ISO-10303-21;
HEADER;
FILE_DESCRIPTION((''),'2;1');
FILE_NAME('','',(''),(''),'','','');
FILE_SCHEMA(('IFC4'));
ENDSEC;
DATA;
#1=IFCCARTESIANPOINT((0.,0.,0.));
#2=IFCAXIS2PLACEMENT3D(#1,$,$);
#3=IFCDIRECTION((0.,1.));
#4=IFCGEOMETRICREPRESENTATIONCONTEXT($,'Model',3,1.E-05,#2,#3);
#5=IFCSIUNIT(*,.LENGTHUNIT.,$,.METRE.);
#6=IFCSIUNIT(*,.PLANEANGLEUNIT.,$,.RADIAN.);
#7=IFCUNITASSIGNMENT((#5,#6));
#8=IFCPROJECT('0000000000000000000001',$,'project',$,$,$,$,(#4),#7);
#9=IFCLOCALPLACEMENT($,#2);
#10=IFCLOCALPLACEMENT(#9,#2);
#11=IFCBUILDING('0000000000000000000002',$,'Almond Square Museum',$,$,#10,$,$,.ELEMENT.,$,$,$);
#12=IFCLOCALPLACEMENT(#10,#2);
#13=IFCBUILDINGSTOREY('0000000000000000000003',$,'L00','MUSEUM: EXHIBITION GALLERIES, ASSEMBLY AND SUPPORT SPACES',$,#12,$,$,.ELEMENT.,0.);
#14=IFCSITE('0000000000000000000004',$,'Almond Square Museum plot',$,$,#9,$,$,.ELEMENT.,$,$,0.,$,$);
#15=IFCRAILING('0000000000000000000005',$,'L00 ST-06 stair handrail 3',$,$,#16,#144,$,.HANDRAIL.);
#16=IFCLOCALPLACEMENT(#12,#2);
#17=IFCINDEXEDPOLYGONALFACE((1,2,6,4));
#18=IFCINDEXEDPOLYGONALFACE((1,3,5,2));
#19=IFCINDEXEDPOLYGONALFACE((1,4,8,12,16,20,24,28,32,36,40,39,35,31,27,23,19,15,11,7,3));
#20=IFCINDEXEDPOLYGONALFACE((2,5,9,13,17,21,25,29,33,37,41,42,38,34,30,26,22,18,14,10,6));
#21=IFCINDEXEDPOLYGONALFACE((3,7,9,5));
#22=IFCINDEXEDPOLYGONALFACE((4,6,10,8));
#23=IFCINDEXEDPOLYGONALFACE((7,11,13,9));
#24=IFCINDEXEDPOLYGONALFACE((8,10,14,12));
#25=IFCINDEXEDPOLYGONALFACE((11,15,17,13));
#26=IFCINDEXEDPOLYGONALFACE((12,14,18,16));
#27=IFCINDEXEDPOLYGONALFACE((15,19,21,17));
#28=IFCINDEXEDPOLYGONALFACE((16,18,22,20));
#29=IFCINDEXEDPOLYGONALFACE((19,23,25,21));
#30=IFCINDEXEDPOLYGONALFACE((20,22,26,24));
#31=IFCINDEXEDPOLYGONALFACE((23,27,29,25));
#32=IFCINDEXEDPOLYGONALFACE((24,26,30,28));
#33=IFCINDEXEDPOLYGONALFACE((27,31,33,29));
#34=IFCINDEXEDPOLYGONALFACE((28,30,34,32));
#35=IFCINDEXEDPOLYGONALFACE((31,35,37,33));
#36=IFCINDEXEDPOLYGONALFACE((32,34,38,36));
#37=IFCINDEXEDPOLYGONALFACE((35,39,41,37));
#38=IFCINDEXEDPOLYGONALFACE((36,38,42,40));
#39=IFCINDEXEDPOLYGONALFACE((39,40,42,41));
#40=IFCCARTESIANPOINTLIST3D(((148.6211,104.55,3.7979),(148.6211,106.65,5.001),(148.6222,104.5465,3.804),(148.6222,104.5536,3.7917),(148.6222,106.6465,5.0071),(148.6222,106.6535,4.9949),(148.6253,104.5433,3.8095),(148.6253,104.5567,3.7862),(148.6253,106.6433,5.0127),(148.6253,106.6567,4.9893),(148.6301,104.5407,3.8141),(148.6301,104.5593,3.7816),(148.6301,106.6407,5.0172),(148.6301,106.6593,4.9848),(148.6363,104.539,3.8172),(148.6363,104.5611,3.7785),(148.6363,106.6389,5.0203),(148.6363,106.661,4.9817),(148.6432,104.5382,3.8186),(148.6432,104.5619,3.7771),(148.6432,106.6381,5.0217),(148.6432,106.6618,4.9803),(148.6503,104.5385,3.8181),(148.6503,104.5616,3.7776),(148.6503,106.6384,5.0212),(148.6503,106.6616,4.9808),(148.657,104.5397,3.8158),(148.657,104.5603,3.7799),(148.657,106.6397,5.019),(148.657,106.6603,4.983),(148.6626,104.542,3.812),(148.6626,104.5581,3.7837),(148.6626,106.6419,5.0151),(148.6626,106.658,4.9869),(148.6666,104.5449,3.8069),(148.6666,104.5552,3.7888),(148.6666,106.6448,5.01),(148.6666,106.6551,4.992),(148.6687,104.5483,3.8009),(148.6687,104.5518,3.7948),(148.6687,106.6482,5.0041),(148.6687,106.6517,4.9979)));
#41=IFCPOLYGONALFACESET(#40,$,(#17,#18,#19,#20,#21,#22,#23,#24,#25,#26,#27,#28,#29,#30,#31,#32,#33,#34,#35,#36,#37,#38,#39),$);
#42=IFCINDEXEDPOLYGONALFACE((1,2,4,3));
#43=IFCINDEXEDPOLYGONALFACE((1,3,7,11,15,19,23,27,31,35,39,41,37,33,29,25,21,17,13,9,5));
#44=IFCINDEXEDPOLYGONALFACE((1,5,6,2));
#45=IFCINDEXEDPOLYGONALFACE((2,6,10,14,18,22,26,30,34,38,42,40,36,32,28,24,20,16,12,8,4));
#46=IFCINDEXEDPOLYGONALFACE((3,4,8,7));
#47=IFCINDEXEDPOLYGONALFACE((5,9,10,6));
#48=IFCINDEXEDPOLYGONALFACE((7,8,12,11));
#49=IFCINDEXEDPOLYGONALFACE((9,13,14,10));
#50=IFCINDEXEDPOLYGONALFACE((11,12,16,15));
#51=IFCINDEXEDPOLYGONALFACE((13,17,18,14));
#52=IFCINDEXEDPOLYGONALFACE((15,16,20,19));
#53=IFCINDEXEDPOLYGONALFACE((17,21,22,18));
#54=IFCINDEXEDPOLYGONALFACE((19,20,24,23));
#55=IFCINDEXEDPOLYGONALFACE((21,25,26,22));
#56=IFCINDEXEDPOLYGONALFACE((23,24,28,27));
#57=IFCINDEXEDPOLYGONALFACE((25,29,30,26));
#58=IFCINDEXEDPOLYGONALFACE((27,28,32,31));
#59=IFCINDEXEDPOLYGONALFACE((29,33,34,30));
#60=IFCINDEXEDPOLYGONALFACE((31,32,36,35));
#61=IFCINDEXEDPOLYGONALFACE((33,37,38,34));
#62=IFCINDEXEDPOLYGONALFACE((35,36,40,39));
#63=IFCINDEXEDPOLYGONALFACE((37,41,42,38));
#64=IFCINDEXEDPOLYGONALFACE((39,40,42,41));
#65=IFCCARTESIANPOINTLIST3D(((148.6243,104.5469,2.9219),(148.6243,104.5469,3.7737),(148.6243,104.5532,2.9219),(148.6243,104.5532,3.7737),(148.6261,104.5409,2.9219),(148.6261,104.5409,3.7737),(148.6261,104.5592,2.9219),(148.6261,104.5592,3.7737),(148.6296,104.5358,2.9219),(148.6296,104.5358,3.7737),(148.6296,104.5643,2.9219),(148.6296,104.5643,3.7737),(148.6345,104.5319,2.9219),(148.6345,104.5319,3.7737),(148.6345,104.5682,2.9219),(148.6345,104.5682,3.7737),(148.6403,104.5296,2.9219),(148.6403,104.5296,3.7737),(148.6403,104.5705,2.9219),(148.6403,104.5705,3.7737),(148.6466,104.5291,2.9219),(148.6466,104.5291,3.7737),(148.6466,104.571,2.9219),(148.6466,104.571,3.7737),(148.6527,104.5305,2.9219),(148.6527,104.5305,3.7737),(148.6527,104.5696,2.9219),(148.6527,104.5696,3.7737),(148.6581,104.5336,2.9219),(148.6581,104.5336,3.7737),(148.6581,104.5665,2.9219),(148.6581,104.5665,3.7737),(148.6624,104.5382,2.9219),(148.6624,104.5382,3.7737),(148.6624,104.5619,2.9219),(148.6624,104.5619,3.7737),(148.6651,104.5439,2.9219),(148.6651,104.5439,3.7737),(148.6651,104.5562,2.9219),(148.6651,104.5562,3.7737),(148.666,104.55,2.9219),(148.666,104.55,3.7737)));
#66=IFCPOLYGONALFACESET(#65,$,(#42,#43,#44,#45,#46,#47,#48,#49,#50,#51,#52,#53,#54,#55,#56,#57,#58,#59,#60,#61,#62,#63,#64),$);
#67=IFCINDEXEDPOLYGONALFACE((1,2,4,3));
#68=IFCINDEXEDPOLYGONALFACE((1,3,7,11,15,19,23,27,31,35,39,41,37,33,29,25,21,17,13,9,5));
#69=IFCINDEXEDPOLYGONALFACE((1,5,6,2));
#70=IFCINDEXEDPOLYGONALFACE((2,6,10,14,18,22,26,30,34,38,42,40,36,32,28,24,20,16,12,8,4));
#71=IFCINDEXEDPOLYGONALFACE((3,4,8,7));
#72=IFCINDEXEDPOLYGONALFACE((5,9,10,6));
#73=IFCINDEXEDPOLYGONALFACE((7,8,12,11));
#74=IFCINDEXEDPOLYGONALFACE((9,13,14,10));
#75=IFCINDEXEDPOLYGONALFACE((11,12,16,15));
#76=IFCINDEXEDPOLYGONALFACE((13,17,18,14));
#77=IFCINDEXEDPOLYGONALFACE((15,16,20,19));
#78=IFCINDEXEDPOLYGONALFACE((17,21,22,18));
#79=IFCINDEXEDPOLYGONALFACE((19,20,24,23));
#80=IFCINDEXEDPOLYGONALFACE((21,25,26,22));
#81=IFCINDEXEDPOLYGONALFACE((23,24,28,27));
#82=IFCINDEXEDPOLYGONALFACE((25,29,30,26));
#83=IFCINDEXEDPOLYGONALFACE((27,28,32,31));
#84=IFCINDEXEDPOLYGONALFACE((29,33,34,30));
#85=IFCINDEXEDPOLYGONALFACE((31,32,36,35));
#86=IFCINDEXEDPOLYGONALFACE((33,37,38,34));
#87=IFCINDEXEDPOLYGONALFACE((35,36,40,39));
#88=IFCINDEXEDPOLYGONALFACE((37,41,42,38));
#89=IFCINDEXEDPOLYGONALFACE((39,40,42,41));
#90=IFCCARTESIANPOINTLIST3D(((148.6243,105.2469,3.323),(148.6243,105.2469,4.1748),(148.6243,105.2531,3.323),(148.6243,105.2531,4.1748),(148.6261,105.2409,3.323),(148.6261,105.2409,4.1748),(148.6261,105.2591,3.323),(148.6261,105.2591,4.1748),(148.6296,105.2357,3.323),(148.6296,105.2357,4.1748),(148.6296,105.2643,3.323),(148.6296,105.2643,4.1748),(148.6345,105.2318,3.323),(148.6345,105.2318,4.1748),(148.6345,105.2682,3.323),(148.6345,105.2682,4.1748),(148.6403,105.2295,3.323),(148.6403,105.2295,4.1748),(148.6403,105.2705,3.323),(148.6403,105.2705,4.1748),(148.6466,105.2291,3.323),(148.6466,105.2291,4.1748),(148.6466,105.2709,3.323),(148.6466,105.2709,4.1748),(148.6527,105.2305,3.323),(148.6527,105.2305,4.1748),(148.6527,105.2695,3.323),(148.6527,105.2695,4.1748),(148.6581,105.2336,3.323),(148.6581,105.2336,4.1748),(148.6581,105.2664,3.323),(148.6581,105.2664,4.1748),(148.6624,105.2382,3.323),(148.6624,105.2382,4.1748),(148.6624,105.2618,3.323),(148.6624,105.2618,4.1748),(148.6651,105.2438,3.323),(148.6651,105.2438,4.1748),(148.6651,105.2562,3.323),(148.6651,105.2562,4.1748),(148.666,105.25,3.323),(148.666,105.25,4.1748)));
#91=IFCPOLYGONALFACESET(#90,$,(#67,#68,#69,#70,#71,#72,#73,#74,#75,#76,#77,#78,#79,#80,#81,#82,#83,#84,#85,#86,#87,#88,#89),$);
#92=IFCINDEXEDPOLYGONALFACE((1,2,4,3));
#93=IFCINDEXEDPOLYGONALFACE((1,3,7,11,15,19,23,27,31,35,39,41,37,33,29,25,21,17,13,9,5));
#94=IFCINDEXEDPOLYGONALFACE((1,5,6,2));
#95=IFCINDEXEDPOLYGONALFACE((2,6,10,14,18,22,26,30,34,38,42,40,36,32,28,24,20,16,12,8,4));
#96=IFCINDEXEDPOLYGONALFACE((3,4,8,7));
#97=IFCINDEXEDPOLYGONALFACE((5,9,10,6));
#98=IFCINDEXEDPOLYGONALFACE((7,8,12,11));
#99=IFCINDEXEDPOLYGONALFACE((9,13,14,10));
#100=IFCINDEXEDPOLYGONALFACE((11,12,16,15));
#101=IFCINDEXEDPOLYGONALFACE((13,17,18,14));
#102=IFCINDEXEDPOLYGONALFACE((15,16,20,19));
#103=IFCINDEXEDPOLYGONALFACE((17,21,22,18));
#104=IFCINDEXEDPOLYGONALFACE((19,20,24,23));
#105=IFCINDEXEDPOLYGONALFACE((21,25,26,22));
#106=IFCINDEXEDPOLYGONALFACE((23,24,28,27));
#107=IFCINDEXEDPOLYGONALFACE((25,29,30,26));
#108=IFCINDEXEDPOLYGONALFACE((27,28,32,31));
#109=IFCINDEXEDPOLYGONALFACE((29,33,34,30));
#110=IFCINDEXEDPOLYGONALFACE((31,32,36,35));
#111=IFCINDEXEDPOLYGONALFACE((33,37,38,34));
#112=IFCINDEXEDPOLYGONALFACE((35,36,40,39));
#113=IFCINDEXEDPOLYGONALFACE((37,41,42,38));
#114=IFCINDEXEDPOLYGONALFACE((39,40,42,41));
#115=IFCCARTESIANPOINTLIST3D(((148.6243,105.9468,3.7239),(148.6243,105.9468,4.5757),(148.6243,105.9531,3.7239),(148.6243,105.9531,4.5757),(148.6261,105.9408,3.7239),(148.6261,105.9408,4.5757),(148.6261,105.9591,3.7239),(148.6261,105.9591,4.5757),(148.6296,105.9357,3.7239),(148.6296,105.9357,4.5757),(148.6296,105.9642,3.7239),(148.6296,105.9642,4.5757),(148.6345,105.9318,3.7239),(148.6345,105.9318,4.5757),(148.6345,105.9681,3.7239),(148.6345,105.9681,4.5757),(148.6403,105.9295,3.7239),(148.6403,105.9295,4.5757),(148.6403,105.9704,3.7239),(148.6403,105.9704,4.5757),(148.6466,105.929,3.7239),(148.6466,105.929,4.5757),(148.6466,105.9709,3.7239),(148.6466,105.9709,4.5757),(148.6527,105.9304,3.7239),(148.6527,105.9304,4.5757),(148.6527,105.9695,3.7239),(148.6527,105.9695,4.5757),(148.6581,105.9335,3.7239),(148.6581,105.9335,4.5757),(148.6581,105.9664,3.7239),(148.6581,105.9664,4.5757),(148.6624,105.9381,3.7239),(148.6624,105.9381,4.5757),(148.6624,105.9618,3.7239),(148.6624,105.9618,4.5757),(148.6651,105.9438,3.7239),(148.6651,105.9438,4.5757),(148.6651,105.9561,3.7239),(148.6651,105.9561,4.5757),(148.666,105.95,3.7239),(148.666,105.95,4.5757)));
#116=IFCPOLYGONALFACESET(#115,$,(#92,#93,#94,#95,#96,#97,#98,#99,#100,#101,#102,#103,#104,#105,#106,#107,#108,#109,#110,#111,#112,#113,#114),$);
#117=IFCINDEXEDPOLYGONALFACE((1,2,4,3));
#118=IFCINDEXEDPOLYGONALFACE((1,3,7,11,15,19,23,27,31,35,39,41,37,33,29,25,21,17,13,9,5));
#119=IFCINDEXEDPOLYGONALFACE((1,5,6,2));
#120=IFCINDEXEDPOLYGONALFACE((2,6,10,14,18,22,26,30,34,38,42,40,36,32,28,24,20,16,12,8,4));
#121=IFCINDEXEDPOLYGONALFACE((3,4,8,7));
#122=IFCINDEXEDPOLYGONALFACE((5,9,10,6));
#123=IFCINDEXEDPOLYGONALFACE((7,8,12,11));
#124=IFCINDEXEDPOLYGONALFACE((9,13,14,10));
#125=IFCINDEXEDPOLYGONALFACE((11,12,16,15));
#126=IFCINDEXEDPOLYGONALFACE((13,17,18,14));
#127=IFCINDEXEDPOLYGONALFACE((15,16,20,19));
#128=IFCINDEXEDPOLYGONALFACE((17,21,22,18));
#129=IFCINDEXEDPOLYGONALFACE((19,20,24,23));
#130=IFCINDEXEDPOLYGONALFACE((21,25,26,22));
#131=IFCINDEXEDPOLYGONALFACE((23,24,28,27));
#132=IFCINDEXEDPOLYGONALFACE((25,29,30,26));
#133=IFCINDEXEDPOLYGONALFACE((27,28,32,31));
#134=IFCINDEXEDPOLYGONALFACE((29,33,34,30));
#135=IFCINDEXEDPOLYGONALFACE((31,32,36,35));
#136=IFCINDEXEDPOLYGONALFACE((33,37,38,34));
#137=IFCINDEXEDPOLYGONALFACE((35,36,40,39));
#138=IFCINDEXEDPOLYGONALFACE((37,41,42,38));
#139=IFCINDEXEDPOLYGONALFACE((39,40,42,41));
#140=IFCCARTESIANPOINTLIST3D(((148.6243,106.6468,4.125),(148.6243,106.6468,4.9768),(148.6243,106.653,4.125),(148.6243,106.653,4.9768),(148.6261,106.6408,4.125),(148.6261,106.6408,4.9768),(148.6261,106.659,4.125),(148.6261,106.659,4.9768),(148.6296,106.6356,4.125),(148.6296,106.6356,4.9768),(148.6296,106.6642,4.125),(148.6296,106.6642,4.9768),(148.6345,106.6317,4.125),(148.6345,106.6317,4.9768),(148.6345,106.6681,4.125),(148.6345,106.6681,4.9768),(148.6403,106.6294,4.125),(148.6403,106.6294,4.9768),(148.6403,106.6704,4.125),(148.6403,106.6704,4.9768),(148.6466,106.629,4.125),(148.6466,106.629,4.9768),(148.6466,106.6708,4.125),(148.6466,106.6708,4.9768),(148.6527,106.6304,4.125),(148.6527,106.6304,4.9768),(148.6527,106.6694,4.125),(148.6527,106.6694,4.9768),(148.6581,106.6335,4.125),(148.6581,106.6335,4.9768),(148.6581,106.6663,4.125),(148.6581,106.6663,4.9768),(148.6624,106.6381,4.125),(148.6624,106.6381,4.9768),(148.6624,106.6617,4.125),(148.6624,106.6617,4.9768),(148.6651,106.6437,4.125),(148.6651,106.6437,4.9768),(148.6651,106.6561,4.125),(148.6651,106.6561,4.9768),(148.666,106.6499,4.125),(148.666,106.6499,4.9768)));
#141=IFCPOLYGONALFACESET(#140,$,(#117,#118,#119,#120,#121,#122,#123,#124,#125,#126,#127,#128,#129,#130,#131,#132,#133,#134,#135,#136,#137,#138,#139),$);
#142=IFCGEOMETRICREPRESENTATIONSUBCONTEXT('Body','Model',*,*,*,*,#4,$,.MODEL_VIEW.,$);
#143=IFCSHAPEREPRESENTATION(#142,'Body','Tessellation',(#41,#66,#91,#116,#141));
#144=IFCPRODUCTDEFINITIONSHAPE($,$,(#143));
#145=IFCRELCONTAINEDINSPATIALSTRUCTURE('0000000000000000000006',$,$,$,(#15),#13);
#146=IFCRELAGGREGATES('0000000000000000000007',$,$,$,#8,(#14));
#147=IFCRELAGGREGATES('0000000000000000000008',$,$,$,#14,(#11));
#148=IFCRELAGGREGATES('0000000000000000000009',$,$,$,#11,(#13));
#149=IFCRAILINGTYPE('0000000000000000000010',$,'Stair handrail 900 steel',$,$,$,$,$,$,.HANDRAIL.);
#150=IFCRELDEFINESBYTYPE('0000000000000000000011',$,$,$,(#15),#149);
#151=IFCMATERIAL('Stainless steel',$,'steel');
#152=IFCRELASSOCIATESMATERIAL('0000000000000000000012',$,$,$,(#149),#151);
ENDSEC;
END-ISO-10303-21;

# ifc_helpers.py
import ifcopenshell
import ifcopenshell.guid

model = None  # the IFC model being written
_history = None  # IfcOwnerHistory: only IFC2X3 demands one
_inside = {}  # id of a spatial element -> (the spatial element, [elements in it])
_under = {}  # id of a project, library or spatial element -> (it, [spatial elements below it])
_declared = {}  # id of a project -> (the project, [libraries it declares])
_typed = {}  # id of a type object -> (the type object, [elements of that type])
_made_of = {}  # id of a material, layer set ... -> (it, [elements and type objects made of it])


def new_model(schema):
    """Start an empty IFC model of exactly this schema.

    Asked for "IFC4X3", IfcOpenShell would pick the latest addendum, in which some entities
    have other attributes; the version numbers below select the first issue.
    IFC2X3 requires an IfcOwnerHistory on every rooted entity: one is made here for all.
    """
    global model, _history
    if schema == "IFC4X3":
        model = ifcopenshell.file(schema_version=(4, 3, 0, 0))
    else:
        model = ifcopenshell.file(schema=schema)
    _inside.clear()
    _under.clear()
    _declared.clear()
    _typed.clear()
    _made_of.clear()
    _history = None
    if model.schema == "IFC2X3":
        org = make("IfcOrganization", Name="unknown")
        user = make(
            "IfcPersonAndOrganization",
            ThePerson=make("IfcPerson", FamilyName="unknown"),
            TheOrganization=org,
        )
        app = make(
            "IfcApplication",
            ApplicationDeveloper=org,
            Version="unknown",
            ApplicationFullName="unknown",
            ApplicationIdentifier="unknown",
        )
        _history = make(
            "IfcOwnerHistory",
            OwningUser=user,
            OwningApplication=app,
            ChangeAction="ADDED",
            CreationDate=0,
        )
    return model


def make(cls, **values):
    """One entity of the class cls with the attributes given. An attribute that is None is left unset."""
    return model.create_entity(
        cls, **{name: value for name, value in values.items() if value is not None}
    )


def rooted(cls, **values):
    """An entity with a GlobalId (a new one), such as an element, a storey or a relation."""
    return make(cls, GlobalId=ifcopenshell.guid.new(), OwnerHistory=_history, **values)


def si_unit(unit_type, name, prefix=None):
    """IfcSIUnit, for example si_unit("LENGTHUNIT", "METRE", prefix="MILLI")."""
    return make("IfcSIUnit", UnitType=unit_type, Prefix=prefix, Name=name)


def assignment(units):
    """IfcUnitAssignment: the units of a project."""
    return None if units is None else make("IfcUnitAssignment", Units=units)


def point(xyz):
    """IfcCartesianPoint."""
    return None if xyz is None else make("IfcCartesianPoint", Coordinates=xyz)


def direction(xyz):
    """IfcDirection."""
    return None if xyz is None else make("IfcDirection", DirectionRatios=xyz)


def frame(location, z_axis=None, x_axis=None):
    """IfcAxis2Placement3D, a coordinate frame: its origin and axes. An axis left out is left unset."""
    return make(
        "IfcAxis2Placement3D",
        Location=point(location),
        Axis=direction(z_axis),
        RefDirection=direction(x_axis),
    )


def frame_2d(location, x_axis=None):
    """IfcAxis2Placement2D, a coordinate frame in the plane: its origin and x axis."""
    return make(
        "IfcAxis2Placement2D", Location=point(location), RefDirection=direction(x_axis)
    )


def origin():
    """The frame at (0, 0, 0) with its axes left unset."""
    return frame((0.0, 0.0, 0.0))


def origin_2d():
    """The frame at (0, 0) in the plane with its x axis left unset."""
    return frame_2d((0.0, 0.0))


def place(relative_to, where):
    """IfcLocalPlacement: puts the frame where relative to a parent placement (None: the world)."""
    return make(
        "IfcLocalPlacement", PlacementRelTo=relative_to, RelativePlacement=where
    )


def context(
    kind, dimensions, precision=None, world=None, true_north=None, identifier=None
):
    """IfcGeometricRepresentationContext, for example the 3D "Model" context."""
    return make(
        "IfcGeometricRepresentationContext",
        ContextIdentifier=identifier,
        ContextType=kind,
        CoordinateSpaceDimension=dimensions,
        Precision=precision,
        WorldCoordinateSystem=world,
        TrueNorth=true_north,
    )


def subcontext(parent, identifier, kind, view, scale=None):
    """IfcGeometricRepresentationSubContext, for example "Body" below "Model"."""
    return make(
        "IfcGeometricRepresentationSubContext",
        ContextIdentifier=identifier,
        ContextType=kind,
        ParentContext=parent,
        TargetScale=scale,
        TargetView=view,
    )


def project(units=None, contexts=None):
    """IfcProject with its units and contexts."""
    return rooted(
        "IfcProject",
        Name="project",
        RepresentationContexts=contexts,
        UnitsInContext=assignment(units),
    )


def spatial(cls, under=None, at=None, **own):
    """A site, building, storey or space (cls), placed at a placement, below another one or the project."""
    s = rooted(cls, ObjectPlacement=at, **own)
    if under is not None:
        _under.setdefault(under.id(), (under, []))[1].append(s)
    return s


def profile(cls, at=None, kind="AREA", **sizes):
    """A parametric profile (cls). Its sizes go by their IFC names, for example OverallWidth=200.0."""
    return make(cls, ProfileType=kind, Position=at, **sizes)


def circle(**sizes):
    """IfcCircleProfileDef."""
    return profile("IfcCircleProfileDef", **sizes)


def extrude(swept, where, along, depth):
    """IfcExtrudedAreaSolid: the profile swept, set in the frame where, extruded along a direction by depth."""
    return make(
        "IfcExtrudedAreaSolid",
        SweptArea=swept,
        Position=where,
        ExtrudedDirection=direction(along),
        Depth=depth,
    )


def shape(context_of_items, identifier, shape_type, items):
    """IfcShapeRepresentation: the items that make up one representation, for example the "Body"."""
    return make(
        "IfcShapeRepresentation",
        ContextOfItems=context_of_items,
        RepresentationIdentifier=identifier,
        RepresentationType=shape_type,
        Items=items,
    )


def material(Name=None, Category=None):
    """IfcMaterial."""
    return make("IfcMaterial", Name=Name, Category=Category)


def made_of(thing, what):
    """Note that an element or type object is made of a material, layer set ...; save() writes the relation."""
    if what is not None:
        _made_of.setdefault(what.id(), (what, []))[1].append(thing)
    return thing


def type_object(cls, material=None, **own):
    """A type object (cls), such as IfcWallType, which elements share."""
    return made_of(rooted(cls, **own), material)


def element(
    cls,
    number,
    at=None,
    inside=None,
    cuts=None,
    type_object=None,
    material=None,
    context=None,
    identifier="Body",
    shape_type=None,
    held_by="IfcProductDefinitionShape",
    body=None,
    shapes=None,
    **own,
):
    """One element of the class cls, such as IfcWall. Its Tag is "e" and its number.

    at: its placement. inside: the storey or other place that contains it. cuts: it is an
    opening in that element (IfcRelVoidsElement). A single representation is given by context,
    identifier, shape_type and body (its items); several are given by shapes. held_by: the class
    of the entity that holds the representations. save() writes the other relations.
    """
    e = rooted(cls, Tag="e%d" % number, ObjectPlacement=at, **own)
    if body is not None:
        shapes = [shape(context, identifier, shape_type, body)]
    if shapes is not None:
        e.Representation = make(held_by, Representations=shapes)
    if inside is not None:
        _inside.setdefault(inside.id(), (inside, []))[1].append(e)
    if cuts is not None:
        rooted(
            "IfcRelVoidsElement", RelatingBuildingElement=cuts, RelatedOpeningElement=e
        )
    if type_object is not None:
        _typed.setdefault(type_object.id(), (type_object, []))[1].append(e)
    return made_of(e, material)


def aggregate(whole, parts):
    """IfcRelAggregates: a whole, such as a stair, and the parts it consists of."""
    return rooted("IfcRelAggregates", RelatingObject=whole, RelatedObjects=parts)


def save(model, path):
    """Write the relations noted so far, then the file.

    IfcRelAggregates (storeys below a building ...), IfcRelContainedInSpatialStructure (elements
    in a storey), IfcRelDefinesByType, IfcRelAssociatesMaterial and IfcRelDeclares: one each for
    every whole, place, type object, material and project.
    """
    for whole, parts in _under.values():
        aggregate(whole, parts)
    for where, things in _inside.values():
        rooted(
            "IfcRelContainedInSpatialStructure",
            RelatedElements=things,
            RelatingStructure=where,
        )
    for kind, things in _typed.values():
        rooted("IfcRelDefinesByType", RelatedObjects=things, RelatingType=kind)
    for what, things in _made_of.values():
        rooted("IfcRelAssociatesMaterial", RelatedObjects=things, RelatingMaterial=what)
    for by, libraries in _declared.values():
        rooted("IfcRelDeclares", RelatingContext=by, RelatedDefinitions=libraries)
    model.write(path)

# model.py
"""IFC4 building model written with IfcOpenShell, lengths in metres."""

from ifc_helpers import new_model, si_unit, direction, frame, origin, origin_2d, place, context, subcontext, project, spatial, circle, extrude, material, type_object, element, save


model = new_model("IFC4")

# Units and contexts
model_context = context("Model", 3, precision=1e-05, world=origin(), true_north=direction((0.0, 1.0)))
body_context = subcontext(model_context, "Body", "Model", "MODEL_VIEW")
ifc_project = project(units=[si_unit("LENGTHUNIT", "METRE"), si_unit("PLANEANGLEUNIT", "RADIAN")], contexts=[model_context])

# Site, building, storey
site_placement = place(None, origin())
site = spatial("IfcSite", under=ifc_project, at=site_placement, Name="Almond Square Museum plot", CompositionType="ELEMENT", RefElevation=0.0)
building_placement = place(site_placement, origin())
building = spatial("IfcBuilding", under=site, at=building_placement, Name="Almond Square Museum", CompositionType="ELEMENT")
storey_placement = place(building_placement, origin())
storey = spatial("IfcBuildingStorey", under=building, at=storey_placement, Name="L00", Description="MUSEUM: EXHIBITION GALLERIES, ASSEMBLY AND SUPPORT SPACES", CompositionType="ELEMENT", Elevation=0.0)

# Railing
ifc_material_1 = material(Name="Stainless steel", Category="steel")
railing_type_1 = type_object("IfcRailingType", Name="Stair handrail 900 steel", PredefinedType="HANDRAIL", material=ifc_material_1)
for number, where, name in (
    (1, (148.645, 104.55, 2.9219), "L00 ST-06 stair handrail 3"),
):
    element("IfcRailing", number, at=place(storey_placement, frame(where)), inside=storey, type_object=railing_type_1, Name=name, PredefinedType="HANDRAIL", context=body_context, shape_type="SweptSolid", body=[
        extrude(circle(Radius=0.0239, at=origin_2d()), frame((0.0, 0.0, 0.876), z_axis=(0.0, 0.867671, 0.497138), x_axis=(-1.0, 0.0, 0.0)), (0.0, 0.0, 1.0), 2.4202),
        extrude(circle(Radius=0.021, at=origin_2d()), origin(), (0.0, 0.0, 1.0), 0.8518),
        extrude(circle(Radius=0.021, at=origin_2d()), frame((0.0, 0.7, 0.4011)), (0.0, 0.0, 1.0), 0.8518),
        extrude(circle(Radius=0.021, at=origin_2d()), frame((0.0, 1.3999, 0.802)), (0.0, 0.0, 1.0), 0.8518),
        extrude(circle(Radius=0.021, at=origin_2d()), frame((0.0, 2.0999, 1.2031)), (0.0, 0.0, 1.0), 0.8518),
    ])

save(model, "model.ifc")
